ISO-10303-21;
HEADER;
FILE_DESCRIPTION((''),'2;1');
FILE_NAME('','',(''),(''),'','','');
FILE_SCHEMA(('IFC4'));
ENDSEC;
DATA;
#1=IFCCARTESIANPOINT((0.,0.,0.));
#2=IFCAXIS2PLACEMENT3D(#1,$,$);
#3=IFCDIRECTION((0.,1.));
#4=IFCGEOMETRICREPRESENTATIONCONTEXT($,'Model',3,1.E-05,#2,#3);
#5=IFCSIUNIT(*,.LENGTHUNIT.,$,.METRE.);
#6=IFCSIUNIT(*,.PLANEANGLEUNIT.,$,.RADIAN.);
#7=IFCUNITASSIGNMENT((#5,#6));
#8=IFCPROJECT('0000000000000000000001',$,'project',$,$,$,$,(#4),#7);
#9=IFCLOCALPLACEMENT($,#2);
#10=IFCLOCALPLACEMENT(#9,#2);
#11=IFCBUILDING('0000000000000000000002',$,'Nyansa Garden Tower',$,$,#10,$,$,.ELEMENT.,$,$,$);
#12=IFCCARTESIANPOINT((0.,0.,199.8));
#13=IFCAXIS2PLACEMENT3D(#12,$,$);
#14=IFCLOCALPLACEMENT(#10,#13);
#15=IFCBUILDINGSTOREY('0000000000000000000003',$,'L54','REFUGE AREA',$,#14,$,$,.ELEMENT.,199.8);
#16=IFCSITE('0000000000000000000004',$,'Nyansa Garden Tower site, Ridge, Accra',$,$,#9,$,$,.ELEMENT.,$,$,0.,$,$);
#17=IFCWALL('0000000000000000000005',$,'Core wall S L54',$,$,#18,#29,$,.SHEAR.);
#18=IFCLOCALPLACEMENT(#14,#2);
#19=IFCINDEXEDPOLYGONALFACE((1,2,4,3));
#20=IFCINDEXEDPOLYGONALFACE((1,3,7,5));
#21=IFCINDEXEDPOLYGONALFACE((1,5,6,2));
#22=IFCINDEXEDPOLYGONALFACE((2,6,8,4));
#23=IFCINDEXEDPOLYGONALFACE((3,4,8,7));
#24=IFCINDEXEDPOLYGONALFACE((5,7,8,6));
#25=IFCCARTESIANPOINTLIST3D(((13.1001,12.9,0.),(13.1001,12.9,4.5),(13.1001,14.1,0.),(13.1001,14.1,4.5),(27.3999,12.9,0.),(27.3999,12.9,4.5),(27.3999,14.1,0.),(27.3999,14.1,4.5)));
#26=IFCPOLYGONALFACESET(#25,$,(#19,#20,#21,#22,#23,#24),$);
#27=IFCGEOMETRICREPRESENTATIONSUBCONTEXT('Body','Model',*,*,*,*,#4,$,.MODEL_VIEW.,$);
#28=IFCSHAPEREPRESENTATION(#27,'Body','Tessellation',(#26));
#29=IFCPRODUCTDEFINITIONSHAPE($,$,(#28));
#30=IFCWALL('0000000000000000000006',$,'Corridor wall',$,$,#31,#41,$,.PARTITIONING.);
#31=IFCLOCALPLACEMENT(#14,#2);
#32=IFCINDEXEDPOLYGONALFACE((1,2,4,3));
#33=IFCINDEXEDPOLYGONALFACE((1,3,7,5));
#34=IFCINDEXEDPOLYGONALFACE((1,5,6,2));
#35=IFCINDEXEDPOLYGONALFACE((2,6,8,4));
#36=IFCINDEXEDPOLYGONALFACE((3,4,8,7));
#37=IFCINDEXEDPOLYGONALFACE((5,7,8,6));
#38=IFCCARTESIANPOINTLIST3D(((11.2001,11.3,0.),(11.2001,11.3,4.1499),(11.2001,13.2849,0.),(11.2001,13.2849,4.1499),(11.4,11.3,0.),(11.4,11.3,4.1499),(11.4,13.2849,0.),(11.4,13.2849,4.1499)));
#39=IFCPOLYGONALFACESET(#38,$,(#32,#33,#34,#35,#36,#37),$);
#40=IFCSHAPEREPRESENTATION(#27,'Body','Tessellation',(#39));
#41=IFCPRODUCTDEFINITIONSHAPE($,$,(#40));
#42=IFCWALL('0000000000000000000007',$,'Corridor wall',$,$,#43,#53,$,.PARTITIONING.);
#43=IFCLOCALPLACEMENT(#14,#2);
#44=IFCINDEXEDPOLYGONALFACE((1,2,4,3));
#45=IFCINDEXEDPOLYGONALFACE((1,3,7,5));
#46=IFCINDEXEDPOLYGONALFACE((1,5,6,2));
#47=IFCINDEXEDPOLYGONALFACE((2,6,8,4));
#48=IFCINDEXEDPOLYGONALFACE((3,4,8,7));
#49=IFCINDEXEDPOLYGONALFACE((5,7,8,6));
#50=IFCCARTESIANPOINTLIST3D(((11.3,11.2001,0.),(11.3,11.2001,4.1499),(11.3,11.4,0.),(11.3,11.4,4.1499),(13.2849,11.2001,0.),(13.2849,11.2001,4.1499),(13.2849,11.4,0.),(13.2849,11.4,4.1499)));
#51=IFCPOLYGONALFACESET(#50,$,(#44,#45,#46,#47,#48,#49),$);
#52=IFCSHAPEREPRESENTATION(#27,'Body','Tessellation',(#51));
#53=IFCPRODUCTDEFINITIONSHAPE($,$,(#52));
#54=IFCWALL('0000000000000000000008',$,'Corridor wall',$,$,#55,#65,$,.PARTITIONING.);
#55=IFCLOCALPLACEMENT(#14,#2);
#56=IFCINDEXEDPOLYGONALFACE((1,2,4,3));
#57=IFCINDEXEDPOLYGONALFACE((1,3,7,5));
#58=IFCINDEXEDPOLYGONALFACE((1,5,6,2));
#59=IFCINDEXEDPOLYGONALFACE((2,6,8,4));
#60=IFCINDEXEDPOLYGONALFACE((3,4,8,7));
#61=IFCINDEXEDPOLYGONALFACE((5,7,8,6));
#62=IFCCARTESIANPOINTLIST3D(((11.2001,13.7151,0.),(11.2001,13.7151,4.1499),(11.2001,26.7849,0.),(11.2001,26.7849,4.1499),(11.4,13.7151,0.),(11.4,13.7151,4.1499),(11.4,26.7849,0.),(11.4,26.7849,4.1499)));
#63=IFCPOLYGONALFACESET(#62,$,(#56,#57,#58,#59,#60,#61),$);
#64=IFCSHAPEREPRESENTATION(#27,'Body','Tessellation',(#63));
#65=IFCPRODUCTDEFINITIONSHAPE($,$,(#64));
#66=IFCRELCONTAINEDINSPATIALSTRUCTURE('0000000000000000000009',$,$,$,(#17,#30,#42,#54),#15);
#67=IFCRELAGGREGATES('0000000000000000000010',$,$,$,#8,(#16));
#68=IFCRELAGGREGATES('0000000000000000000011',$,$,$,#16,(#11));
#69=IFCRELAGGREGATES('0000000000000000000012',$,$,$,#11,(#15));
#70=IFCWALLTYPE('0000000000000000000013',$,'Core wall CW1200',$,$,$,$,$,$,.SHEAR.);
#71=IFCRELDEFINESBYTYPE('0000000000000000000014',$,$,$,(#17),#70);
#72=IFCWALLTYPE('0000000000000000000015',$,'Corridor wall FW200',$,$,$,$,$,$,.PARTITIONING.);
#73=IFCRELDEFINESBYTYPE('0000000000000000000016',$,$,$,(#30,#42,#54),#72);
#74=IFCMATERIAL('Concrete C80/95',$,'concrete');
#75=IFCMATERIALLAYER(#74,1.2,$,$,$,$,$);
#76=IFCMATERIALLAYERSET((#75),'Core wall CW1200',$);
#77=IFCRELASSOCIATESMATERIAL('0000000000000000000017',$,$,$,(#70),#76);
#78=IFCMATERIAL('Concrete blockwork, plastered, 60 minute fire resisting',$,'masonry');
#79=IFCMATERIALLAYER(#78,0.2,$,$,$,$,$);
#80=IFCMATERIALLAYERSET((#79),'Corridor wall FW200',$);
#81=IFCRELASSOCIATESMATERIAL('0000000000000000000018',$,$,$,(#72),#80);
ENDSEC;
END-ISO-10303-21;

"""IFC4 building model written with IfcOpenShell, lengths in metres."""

from ifc_helpers import new_model, si_unit, direction, frame, frame_2d, origin, place, context, subcontext, project, spatial, rectangle, extrude, material, layer, layer_set, type_object, element, save


model = new_model("IFC4")

# Units and contexts
model_context = context("Model", 3, precision=1e-05, world=origin(), true_north=direction((0.0, 1.0)))
body_context = subcontext(model_context, "Body", "Model", "MODEL_VIEW")
ifc_project = project(units=[si_unit("LENGTHUNIT", "METRE"), si_unit("PLANEANGLEUNIT", "RADIAN")], contexts=[model_context])

# Site, building, storey
site_placement = place(None, origin())
site = spatial("IfcSite", under=ifc_project, at=site_placement, Name="Nyansa Garden Tower site, Ridge, Accra", CompositionType="ELEMENT", RefElevation=0.0)
building_placement = place(site_placement, origin())
building = spatial("IfcBuilding", under=site, at=building_placement, Name="Nyansa Garden Tower", CompositionType="ELEMENT")
storey_placement = place(building_placement, frame((0.0, 0.0, 199.8)))
storey = spatial("IfcBuildingStorey", under=building, at=storey_placement, Name="L54", Description="REFUGE AREA", CompositionType="ELEMENT", Elevation=199.8)

# Walls
ifc_material_1 = material(Name="Concrete C80/95", Category="concrete")
ifc_layer_1 = layer(ifc_material_1, 1.2)
ifc_layer_set_1 = layer_set([ifc_layer_1], Name="Core wall CW1200")
wall_type_1 = type_object("IfcWallType", Name="Core wall CW1200", PredefinedType="SHEAR", material=ifc_layer_set_1)
wall_1_placement = place(storey_placement, frame((13.1001, 13.5, 0.0), z_axis=(0.0, 0.0, 1.0), x_axis=(1.0, 0.0, 0.0)))
element("IfcWall", 1, at=wall_1_placement, inside=storey, type_object=wall_type_1, Name="Core wall S L54", PredefinedType="SHEAR", context=body_context, shape_type="SweptSolid", body=[
    extrude(rectangle(XDim=14.2998, YDim=1.2, at=frame_2d((7.1499, 0.0))), origin(), (0.0, 0.0, 1.0), 4.5),
])
ifc_material_2 = material(Name="Concrete blockwork, plastered, 60 minute fire resisting", Category="masonry")
ifc_layer_2 = layer(ifc_material_2, 0.2)
ifc_layer_set_2 = layer_set([ifc_layer_2], Name="Corridor wall FW200")
wall_type_2 = type_object("IfcWallType", Name="Corridor wall FW200", PredefinedType="PARTITIONING", material=ifc_layer_set_2)
for number, where, z_axis, x_axis, name in (
    (2, (11.3, 11.3, 0.0), (0.0, 0.0, 1.0), (0.0, 1.0, 0.0), "Corridor wall"),
    (3, (11.3, 11.3, 0.0), (0.0, 0.0, 1.0), (1.0, 0.0, 0.0), "Corridor wall"),
):
    element("IfcWall", number, at=place(storey_placement, frame(where, z_axis=z_axis, x_axis=x_axis)), inside=storey, type_object=wall_type_2, Name=name, PredefinedType="PARTITIONING", context=body_context, shape_type="SweptSolid", body=[
        extrude(rectangle(XDim=1.9849, YDim=0.2, at=frame_2d((0.9924, 0.0))), origin(), (0.0, 0.0, 1.0), 4.1499),
    ])
wall_2_placement = place(storey_placement, frame((11.3, 13.7151, 0.0), z_axis=(0.0, 0.0, 1.0), x_axis=(0.0, 1.0, 0.0)))
element("IfcWall", 4, at=wall_2_placement, inside=storey, type_object=wall_type_2, Name="Corridor wall", PredefinedType="PARTITIONING", context=body_context, shape_type="SweptSolid", body=[
    extrude(rectangle(XDim=13.0698, YDim=0.2, at=frame_2d((6.5349, 0.0))), origin(), (0.0, 0.0, 1.0), 4.1499),
])

save(model, "model.ifc")
